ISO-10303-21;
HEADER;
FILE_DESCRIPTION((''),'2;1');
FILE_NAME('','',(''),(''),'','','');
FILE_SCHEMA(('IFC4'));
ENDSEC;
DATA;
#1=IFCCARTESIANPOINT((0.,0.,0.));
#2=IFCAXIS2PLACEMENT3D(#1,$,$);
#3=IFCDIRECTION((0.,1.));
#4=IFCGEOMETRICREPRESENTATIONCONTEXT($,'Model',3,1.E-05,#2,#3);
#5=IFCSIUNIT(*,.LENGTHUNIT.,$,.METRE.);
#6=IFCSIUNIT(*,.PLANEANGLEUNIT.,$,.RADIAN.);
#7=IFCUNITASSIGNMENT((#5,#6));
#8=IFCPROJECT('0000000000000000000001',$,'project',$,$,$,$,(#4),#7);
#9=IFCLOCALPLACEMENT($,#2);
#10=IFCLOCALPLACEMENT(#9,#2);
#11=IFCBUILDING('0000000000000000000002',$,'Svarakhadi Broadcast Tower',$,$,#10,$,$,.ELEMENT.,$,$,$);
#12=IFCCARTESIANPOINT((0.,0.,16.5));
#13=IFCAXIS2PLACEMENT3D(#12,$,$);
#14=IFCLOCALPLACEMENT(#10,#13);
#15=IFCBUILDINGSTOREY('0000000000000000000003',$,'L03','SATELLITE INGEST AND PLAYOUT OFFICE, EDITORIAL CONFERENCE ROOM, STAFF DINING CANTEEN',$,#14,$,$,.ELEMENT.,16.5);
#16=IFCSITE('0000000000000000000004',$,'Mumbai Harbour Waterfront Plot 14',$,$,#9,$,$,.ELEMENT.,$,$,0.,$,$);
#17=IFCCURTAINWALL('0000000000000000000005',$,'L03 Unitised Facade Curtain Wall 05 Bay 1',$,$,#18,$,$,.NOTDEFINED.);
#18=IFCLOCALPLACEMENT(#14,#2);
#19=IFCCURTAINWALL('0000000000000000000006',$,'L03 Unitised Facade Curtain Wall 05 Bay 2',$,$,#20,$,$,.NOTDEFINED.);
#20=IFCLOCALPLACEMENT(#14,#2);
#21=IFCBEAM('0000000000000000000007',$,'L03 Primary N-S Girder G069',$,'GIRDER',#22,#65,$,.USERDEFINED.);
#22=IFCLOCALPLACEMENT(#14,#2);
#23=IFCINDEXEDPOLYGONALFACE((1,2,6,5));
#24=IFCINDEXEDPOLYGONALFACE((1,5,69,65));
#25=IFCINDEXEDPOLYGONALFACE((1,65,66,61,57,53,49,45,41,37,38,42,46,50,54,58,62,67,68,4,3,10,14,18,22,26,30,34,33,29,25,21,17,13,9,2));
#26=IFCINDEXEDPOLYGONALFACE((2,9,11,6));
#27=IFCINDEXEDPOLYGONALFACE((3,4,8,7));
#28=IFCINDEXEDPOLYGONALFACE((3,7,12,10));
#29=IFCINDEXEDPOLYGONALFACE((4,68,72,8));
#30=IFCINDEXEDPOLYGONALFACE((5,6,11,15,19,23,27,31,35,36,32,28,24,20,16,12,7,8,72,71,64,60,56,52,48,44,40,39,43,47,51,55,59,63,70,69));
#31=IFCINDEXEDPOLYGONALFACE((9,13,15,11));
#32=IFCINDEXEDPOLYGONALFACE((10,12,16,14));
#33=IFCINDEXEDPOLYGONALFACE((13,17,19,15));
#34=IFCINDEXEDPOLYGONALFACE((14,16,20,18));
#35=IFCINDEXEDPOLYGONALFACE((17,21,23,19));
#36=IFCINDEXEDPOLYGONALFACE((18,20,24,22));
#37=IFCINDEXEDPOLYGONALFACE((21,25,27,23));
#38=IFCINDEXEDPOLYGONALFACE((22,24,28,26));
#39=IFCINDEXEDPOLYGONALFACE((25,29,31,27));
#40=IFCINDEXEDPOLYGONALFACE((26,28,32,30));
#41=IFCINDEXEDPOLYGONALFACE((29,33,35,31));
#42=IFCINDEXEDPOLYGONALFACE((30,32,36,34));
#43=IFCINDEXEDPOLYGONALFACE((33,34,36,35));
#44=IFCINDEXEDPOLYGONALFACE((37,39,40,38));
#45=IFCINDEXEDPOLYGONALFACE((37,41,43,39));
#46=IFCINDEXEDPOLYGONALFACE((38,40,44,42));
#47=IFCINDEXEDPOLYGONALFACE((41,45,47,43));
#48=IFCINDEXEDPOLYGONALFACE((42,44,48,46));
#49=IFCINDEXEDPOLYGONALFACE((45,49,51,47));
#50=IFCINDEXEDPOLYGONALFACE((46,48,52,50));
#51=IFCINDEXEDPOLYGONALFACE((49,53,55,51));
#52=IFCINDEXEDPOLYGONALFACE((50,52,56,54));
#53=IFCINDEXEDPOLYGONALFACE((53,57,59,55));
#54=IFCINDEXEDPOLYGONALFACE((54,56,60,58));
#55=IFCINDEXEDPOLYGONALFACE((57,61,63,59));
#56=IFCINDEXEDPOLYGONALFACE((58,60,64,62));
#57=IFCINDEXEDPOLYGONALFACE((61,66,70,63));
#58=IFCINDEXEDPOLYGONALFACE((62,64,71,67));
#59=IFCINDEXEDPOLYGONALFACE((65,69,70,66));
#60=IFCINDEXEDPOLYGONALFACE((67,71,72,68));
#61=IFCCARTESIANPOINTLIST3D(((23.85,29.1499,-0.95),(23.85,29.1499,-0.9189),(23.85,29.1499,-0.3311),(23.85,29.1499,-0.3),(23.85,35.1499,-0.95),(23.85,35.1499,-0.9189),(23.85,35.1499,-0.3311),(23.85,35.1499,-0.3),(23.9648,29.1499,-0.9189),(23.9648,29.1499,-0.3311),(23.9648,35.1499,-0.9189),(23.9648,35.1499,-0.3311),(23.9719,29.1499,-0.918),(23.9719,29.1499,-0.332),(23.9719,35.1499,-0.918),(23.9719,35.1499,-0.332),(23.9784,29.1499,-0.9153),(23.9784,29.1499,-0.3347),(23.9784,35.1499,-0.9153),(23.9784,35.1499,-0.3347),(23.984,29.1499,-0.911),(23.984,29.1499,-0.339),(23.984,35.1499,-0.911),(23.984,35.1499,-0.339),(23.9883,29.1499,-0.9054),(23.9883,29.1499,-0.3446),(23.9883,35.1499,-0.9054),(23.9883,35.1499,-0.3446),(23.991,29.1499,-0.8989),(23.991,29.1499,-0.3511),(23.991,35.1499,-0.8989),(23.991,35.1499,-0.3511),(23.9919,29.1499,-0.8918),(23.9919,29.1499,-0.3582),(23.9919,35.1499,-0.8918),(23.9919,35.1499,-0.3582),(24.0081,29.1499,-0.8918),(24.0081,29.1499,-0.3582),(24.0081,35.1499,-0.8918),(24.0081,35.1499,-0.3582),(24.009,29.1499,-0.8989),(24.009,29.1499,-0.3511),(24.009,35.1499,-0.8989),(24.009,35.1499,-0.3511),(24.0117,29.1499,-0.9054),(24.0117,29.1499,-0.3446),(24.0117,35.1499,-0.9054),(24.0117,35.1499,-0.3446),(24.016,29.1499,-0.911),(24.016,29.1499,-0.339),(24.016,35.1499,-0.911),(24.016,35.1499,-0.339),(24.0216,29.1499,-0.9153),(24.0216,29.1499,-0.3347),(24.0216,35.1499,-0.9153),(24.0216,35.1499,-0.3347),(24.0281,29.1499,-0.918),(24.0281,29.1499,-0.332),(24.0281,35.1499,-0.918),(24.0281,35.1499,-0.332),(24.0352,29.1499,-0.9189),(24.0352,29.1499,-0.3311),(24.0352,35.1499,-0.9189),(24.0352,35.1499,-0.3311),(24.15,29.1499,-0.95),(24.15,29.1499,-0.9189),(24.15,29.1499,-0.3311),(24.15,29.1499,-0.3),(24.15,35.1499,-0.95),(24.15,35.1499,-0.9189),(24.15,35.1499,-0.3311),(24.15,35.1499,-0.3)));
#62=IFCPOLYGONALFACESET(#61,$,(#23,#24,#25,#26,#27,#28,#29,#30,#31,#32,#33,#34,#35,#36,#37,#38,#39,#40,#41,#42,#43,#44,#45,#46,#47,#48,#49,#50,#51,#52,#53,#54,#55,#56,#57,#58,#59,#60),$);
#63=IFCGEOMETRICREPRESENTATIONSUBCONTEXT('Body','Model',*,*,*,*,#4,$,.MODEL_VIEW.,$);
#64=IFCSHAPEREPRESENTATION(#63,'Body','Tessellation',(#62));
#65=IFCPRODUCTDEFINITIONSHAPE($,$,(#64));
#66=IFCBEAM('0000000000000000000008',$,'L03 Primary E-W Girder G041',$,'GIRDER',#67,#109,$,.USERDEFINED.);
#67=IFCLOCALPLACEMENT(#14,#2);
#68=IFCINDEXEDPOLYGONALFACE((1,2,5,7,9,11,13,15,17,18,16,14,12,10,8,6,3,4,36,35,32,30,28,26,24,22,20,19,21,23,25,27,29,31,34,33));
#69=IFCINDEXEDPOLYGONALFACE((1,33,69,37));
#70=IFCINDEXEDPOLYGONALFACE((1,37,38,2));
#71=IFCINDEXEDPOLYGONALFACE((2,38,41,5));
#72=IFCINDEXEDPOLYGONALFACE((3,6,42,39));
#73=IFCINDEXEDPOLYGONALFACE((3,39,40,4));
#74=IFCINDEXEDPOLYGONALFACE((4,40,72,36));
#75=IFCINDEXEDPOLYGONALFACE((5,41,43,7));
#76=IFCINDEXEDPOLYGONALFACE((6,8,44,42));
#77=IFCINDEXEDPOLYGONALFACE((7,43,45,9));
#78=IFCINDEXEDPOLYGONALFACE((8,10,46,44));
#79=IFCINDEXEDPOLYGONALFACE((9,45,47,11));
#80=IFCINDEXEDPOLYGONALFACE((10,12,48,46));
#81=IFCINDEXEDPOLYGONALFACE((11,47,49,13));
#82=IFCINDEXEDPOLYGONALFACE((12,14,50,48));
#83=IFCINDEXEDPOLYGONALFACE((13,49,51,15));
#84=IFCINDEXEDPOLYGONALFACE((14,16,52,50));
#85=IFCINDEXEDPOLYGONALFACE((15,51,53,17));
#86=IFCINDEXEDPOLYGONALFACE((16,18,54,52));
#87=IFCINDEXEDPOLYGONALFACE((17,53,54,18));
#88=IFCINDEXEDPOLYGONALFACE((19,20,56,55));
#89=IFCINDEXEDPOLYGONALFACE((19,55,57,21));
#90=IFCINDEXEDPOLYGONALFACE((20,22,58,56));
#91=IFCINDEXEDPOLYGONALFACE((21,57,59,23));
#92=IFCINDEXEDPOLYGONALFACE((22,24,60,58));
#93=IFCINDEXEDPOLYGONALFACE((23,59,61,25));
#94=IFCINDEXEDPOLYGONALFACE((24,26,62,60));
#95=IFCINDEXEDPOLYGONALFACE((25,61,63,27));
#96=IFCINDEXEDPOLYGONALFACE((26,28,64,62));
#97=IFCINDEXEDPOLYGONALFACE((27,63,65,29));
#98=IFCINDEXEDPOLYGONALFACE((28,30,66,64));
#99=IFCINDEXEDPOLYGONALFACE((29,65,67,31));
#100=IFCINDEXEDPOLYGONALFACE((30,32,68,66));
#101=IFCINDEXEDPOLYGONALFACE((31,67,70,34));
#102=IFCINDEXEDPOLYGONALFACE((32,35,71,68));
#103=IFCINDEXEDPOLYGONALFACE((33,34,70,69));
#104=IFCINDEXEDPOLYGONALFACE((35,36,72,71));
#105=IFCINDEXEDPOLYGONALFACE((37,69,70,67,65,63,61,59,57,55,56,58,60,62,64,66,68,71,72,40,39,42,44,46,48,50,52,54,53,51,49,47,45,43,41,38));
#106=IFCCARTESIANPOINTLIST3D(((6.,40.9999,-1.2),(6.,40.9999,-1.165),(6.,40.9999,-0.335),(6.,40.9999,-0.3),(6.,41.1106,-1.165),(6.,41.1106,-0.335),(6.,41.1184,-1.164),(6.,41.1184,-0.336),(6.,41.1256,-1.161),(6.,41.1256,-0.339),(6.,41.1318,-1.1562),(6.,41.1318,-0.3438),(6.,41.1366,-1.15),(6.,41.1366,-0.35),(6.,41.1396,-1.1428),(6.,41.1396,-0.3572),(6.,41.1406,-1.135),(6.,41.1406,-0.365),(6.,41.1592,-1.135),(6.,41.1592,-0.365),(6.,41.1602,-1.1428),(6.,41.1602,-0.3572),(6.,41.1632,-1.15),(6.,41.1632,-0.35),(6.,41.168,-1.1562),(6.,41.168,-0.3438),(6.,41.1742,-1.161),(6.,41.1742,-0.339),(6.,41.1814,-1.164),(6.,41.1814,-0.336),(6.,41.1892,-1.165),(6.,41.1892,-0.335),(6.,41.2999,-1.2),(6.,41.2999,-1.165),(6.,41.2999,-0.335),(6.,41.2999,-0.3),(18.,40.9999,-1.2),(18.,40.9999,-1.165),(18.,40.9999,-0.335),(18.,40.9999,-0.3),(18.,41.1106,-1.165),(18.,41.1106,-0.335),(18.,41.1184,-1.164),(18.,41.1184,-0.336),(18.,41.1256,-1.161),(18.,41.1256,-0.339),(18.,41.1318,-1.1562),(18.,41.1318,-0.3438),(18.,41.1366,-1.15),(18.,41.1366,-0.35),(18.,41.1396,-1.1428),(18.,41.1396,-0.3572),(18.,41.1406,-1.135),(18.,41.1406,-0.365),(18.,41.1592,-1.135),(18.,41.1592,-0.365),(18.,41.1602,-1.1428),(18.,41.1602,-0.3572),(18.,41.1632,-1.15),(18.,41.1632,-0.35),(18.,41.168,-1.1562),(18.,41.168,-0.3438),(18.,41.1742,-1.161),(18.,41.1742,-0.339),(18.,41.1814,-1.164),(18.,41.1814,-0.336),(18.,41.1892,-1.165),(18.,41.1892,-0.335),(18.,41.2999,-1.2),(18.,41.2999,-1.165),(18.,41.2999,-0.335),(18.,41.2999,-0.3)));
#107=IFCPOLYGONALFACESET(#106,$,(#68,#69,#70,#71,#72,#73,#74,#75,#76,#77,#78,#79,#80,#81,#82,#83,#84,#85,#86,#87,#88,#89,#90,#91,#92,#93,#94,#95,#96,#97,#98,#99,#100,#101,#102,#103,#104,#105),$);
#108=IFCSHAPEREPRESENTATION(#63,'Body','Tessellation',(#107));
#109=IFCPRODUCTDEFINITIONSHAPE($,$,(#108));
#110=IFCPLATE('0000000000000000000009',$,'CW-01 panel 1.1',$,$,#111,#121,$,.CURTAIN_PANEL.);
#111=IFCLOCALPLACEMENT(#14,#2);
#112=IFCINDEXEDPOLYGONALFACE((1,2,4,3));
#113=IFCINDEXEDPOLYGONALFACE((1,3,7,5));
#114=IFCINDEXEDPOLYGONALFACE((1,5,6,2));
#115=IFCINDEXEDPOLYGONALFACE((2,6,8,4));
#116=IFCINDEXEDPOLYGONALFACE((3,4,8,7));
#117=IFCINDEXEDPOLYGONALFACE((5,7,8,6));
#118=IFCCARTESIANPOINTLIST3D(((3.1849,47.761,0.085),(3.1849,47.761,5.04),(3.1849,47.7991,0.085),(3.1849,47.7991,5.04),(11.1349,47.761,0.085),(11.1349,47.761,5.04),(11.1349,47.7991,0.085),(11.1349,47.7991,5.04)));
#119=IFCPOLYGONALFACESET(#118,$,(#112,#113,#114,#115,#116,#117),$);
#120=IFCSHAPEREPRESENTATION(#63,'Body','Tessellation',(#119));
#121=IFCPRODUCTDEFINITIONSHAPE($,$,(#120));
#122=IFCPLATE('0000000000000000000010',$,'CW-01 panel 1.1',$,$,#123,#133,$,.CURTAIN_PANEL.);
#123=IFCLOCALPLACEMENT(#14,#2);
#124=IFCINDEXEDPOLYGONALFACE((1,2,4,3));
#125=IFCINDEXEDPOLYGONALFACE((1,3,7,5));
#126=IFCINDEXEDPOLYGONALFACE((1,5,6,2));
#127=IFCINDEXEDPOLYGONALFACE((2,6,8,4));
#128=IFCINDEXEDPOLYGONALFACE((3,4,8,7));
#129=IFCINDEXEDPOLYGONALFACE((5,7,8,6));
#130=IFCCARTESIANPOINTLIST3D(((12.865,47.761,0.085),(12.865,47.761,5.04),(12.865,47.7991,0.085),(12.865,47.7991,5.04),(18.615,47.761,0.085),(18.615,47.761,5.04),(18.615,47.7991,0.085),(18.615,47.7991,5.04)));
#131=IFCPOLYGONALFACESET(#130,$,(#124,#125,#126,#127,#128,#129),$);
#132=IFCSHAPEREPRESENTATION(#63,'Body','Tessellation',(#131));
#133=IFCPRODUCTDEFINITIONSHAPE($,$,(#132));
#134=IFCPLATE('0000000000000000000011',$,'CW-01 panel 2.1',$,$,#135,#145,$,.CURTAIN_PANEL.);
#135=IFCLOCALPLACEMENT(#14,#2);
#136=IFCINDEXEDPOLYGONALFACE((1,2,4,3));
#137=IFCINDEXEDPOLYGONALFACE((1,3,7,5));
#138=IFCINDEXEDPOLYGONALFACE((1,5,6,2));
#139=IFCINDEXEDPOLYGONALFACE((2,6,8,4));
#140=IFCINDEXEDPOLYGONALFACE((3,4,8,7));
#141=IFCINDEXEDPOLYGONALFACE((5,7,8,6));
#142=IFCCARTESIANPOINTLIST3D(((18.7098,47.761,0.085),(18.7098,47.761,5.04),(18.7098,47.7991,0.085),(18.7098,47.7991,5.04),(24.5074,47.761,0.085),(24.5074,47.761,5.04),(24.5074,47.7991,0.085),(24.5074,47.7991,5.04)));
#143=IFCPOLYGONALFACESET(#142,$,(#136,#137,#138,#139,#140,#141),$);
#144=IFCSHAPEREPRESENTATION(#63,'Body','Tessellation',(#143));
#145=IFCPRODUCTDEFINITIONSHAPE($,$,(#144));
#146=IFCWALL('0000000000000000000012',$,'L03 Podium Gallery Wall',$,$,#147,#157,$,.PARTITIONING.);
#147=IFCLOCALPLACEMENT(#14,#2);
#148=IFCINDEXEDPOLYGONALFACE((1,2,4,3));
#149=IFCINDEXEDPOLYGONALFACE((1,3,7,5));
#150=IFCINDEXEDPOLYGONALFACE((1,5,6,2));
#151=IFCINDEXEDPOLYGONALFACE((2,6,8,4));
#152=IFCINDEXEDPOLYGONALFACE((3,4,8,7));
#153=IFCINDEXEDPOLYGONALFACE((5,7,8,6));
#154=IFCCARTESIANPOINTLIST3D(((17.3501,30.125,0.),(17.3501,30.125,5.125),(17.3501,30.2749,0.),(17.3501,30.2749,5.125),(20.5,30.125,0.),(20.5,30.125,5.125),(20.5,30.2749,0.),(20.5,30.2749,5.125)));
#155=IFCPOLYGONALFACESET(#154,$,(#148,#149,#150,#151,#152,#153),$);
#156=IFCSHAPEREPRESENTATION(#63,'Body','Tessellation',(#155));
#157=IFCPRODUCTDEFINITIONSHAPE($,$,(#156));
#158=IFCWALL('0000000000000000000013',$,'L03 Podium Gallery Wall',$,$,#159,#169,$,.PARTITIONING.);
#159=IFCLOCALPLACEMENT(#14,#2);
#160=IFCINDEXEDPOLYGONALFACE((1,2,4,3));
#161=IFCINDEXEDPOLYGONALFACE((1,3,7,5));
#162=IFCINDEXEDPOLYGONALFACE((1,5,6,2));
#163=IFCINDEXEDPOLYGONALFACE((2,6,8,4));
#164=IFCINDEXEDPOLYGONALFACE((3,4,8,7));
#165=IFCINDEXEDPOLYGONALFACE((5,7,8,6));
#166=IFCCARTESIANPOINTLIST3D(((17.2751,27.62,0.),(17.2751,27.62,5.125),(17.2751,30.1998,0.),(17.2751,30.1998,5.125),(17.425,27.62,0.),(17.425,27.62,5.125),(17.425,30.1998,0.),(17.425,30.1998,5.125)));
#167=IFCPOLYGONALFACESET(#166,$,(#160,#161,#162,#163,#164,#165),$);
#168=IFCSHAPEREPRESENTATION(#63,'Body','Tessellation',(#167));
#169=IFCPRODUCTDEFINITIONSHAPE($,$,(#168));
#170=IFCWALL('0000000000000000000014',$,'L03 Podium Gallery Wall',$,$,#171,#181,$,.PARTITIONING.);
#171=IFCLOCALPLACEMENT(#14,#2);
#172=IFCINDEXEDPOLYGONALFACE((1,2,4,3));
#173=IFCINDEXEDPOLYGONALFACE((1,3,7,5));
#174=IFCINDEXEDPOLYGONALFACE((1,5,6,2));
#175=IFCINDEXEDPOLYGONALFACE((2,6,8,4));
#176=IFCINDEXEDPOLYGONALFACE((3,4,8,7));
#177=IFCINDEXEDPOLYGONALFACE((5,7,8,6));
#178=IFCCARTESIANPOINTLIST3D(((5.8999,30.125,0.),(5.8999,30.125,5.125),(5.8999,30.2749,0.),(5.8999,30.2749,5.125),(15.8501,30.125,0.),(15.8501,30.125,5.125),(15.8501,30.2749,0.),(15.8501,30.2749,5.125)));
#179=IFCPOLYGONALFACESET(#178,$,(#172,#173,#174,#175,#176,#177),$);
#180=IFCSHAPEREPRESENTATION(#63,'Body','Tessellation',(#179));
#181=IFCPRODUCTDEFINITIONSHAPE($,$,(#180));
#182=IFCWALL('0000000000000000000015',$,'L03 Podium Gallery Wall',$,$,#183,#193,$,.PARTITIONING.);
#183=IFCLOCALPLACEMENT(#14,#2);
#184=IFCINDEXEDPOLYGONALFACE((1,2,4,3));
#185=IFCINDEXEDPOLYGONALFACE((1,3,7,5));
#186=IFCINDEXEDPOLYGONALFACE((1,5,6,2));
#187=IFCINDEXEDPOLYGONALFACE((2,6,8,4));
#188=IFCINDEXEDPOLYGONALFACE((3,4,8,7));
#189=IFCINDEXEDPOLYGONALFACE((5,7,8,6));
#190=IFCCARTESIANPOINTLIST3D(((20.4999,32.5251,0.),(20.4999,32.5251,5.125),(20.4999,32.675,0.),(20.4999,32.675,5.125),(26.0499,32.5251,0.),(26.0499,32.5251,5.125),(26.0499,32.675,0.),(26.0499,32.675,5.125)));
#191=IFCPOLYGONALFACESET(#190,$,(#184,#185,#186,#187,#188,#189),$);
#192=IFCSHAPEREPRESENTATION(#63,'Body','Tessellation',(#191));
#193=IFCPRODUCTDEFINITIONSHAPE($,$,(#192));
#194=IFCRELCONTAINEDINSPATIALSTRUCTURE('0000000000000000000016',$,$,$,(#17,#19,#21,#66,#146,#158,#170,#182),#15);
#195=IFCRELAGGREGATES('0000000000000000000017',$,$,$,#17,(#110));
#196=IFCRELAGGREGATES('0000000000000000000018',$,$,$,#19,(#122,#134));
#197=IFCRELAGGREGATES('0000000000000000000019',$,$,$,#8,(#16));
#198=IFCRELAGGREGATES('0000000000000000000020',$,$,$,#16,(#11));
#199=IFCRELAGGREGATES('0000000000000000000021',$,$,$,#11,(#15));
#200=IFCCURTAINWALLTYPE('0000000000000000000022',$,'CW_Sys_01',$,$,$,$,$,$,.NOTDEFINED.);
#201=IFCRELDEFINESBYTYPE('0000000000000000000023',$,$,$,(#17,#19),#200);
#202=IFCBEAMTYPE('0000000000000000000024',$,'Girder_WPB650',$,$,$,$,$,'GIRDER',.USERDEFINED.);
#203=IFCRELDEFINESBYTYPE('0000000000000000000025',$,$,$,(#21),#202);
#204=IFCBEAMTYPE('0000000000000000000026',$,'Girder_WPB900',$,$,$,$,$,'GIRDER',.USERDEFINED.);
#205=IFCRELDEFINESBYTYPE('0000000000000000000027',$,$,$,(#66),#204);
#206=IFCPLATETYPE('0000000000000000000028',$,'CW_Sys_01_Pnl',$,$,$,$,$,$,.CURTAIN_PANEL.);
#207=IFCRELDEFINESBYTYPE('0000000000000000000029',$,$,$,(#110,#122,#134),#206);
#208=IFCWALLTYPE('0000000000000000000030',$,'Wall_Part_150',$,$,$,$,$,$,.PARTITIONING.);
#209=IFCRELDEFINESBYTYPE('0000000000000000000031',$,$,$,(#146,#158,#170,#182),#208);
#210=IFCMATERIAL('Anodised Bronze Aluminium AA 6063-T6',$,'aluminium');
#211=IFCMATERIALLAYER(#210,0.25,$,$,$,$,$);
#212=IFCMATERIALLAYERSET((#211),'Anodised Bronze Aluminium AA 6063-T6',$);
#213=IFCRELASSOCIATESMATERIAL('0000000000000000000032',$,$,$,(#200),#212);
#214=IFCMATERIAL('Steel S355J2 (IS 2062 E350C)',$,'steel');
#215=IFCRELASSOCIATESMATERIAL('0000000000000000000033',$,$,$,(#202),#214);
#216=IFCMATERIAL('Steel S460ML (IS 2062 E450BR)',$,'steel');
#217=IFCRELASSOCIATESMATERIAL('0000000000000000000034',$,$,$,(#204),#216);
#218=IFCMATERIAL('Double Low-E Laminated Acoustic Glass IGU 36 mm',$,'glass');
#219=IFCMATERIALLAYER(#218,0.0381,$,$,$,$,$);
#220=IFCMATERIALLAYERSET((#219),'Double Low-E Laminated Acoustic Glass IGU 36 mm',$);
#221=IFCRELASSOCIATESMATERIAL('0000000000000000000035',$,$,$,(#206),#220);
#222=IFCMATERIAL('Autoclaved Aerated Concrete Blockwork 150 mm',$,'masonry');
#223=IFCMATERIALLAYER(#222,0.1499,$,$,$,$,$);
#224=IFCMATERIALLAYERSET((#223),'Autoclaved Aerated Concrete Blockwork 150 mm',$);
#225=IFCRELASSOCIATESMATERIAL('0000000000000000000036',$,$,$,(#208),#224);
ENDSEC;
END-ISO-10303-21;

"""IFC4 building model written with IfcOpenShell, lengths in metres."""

from ifc_helpers import new_model, si_unit, direction, frame, frame_2d, origin, origin_2d, place, context, subcontext, project, spatial, rectangle, i_section, extrude, material, layer, layer_set, material_profile, profile_set, type_object, element, aggregate, save


model = new_model("IFC4")

# Units and contexts
model_context = context("Model", 3, precision=1e-05, world=origin(), true_north=direction((0.0, 1.0)))
body_context = subcontext(model_context, "Body", "Model", "MODEL_VIEW")
ifc_project = project(units=[si_unit("LENGTHUNIT", "METRE"), si_unit("PLANEANGLEUNIT", "RADIAN")], contexts=[model_context])

# Site, building, storey
site_placement = place(None, origin())
site = spatial("IfcSite", under=ifc_project, at=site_placement, Name="Mumbai Harbour Waterfront Plot 14", CompositionType="ELEMENT", RefElevation=0.0)
building_placement = place(site_placement, origin())
building = spatial("IfcBuilding", under=site, at=building_placement, Name="Svarakhadi Broadcast Tower", CompositionType="ELEMENT")
storey_placement = place(building_placement, frame((0.0, 0.0, 16.5)))
storey = spatial("IfcBuildingStorey", under=building, at=storey_placement, Name="L03", Description="SATELLITE INGEST AND PLAYOUT OFFICE, EDITORIAL CONFERENCE ROOM, STAFF DINING CANTEEN", CompositionType="ELEMENT", Elevation=16.5)

# Shared definitions
ifc_material_1 = material(Name="Steel S460ML (IS 2062 E450BR)", Category="steel")

# Shared definitions
ifc_material_2 = material(Name="Steel S355J2 (IS 2062 E350C)", Category="steel")

# Curtain wall
ifc_material_3 = material(Name="Anodised Bronze Aluminium AA 6063-T6", Category="aluminium")
ifc_layer_1 = layer(ifc_material_3, 0.25)
ifc_layer_set_1 = layer_set([ifc_layer_1], Name="Anodised Bronze Aluminium AA 6063-T6")
curtain_wall_type = type_object("IfcCurtainWallType", Name="CW_Sys_01", PredefinedType="NOTDEFINED", material=ifc_layer_set_1)
curtain_wall_1_placement = place(storey_placement, origin())
curtain_wall_1 = element("IfcCurtainWall", 1, at=curtain_wall_1_placement, inside=storey, type_object=curtain_wall_type, Name="L03 Unitised Facade Curtain Wall 05 Bay 1", PredefinedType="NOTDEFINED")

# Curtain wall
curtain_wall_2_placement = place(storey_placement, origin())
curtain_wall_2 = element("IfcCurtainWall", 2, at=curtain_wall_2_placement, inside=storey, type_object=curtain_wall_type, Name="L03 Unitised Facade Curtain Wall 05 Bay 2", PredefinedType="NOTDEFINED")

# Beams
ifc_material_profile_1 = material_profile(ifc_material_2, i_section(OverallWidth=0.3, OverallDepth=0.6499, WebThickness=0.0161, FlangeThickness=0.031, FilletRadius=0.0271, at=origin_2d()), Name="WPB 650x300x225")
ifc_profile_set_1 = profile_set([ifc_material_profile_1], Name="Steel S355J2 (IS 2062 E350C)")
beam_type_1 = type_object("IfcBeamType", Name="Girder_WPB650", ElementType="GIRDER", PredefinedType="USERDEFINED", material=ifc_profile_set_1)
for number, where, z_axis, x_axis, name in (
    (3, (24.0, 29.1499, -0.625), (0.0, 1.0, 0.0), (-1.0, 0.0, 0.0), "L03 Primary N-S Girder G069"),
):
    element("IfcBeam", number, at=place(storey_placement, frame(where, z_axis=z_axis, x_axis=x_axis)), inside=storey, type_object=beam_type_1, Name=name, ObjectType="GIRDER", PredefinedType="USERDEFINED", context=body_context, shape_type="SweptSolid", body=[
        extrude(i_section(OverallWidth=0.3, OverallDepth=0.6499, WebThickness=0.0161, FlangeThickness=0.031, FilletRadius=0.0271, at=origin_2d()), origin(), (0.0, 0.0, 1.0), 6.0),
    ])
ifc_material_profile_2 = material_profile(ifc_material_1, i_section(OverallWidth=0.3, OverallDepth=0.8999, WebThickness=0.0186, FlangeThickness=0.0349, FilletRadius=0.03, at=origin_2d()), Name="WPB 900x300x291")
ifc_profile_set_2 = profile_set([ifc_material_profile_2], Name="Steel S460ML (IS 2062 E450BR)")
beam_type_2 = type_object("IfcBeamType", Name="Girder_WPB900", ElementType="GIRDER", PredefinedType="USERDEFINED", material=ifc_profile_set_2)
beam_1_placement = place(storey_placement, frame((6.0, 41.1499, -0.75), z_axis=(1.0, 0.0, 0.0), x_axis=(0.0, 1.0, 0.0)))
element("IfcBeam", 4, at=beam_1_placement, inside=storey, type_object=beam_type_2, Name="L03 Primary E-W Girder G041", ObjectType="GIRDER", PredefinedType="USERDEFINED", context=body_context, shape_type="SweptSolid", body=[
    extrude(i_section(OverallWidth=0.3, OverallDepth=0.8999, WebThickness=0.0186, FlangeThickness=0.0349, FilletRadius=0.03, at=origin_2d()), origin(), (0.0, 0.0, 1.0), 12.0),
])

# Plates
ifc_material_4 = material(Name="Double Low-E Laminated Acoustic Glass IGU 36 mm", Category="glass")
ifc_layer_2 = layer(ifc_material_4, 0.0381)
ifc_layer_set_2 = layer_set([ifc_layer_2], Name="Double Low-E Laminated Acoustic Glass IGU 36 mm")
plate_type = type_object("IfcPlateType", Name="CW_Sys_01_Pnl", PredefinedType="CURTAIN_PANEL", material=ifc_layer_set_2)
plate_1_placement = place(storey_placement, frame((7.1599, 47.78, 0.085), z_axis=(0.0, 0.0, 1.0), x_axis=(1.0, 0.0, 0.0)))
plate_1 = element("IfcPlate", 5, at=plate_1_placement, type_object=plate_type, Name="CW-01 panel 1.1", PredefinedType="CURTAIN_PANEL", context=body_context, shape_type="SweptSolid", body=[
    extrude(rectangle(XDim=7.95, YDim=0.0381, at=origin_2d()), origin(), (0.0, 0.0, 1.0), 4.9551),
])
aggregate(curtain_wall_1, [plate_1])
plate_2_placement = place(storey_placement, frame((15.74, 47.78, 0.085), z_axis=(0.0, 0.0, 1.0), x_axis=(1.0, 0.0, 0.0)))
plate_2 = element("IfcPlate", 6, at=plate_2_placement, type_object=plate_type, Name="CW-01 panel 1.1", PredefinedType="CURTAIN_PANEL", context=body_context, shape_type="SweptSolid", body=[
    extrude(rectangle(XDim=5.75, YDim=0.0381, at=origin_2d()), origin(), (0.0, 0.0, 1.0), 4.9551),
])
plate_3_placement = place(storey_placement, frame((21.6086, 47.78, 0.085), z_axis=(0.0, 0.0, 1.0), x_axis=(1.0, 0.0, 0.0)))
plate_3 = element("IfcPlate", 7, at=plate_3_placement, type_object=plate_type, Name="CW-01 panel 2.1", PredefinedType="CURTAIN_PANEL", context=body_context, shape_type="SweptSolid", body=[
    extrude(rectangle(XDim=5.7976, YDim=0.0381, at=origin_2d()), origin(), (0.0, 0.0, 1.0), 4.9551),
])
aggregate(curtain_wall_2, [plate_2, plate_3])

# Walls
ifc_material_5 = material(Name="Autoclaved Aerated Concrete Blockwork 150 mm", Category="masonry")
ifc_layer_3 = layer(ifc_material_5, 0.1499)
ifc_layer_set_3 = layer_set([ifc_layer_3], Name="Autoclaved Aerated Concrete Blockwork 150 mm")
wall_type = type_object("IfcWallType", Name="Wall_Part_150", PredefinedType="PARTITIONING", material=ifc_layer_set_3)
wall_1_placement = place(storey_placement, frame((20.5, 30.2, 0.0), z_axis=(0.0, 0.0, 1.0), x_axis=(-1.0, 0.0, 0.0)))
element("IfcWall", 8, at=wall_1_placement, inside=storey, type_object=wall_type, Name="L03 Podium Gallery Wall", PredefinedType="PARTITIONING", context=body_context, shape_type="SweptSolid", body=[
    extrude(rectangle(XDim=3.1499, YDim=0.1499, at=frame_2d((1.575, 0.0))), origin(), (0.0, 0.0, 1.0), 5.125),
])
wall_2_placement = place(storey_placement, frame((17.3501, 30.2, 0.0), z_axis=(0.0, 0.0, 1.0), x_axis=(0.0, -1.0, 0.0)))
element("IfcWall", 9, at=wall_2_placement, inside=storey, type_object=wall_type, Name="L03 Podium Gallery Wall", PredefinedType="PARTITIONING", context=body_context, shape_type="SweptSolid", body=[
    extrude(rectangle(XDim=2.5798, YDim=0.1499, at=frame_2d((1.29, 0.0))), origin(), (0.0, 0.0, 1.0), 5.125),
])
wall_3_placement = place(storey_placement, frame((15.8501, 30.2, 0.0), z_axis=(0.0, 0.0, 1.0), x_axis=(-1.0, 0.0, 0.0)))
element("IfcWall", 10, at=wall_3_placement, inside=storey, type_object=wall_type, Name="L03 Podium Gallery Wall", PredefinedType="PARTITIONING", context=body_context, shape_type="SweptSolid", body=[
    extrude(rectangle(XDim=9.9502, YDim=0.1499, at=frame_2d((4.9751, 0.0))), origin(), (0.0, 0.0, 1.0), 5.125),
])
wall_4_placement = place(storey_placement, frame((20.5, 32.6001, 0.0), z_axis=(0.0, 0.0, 1.0), x_axis=(1.0, 0.0, 0.0)))
element("IfcWall", 11, at=wall_4_placement, inside=storey, type_object=wall_type, Name="L03 Podium Gallery Wall", PredefinedType="PARTITIONING", context=body_context, shape_type="SweptSolid", body=[
    extrude(rectangle(XDim=5.55, YDim=0.1499, at=frame_2d((2.7749, 0.0))), origin(), (0.0, 0.0, 1.0), 5.125),
])

save(model, "model.ifc")
